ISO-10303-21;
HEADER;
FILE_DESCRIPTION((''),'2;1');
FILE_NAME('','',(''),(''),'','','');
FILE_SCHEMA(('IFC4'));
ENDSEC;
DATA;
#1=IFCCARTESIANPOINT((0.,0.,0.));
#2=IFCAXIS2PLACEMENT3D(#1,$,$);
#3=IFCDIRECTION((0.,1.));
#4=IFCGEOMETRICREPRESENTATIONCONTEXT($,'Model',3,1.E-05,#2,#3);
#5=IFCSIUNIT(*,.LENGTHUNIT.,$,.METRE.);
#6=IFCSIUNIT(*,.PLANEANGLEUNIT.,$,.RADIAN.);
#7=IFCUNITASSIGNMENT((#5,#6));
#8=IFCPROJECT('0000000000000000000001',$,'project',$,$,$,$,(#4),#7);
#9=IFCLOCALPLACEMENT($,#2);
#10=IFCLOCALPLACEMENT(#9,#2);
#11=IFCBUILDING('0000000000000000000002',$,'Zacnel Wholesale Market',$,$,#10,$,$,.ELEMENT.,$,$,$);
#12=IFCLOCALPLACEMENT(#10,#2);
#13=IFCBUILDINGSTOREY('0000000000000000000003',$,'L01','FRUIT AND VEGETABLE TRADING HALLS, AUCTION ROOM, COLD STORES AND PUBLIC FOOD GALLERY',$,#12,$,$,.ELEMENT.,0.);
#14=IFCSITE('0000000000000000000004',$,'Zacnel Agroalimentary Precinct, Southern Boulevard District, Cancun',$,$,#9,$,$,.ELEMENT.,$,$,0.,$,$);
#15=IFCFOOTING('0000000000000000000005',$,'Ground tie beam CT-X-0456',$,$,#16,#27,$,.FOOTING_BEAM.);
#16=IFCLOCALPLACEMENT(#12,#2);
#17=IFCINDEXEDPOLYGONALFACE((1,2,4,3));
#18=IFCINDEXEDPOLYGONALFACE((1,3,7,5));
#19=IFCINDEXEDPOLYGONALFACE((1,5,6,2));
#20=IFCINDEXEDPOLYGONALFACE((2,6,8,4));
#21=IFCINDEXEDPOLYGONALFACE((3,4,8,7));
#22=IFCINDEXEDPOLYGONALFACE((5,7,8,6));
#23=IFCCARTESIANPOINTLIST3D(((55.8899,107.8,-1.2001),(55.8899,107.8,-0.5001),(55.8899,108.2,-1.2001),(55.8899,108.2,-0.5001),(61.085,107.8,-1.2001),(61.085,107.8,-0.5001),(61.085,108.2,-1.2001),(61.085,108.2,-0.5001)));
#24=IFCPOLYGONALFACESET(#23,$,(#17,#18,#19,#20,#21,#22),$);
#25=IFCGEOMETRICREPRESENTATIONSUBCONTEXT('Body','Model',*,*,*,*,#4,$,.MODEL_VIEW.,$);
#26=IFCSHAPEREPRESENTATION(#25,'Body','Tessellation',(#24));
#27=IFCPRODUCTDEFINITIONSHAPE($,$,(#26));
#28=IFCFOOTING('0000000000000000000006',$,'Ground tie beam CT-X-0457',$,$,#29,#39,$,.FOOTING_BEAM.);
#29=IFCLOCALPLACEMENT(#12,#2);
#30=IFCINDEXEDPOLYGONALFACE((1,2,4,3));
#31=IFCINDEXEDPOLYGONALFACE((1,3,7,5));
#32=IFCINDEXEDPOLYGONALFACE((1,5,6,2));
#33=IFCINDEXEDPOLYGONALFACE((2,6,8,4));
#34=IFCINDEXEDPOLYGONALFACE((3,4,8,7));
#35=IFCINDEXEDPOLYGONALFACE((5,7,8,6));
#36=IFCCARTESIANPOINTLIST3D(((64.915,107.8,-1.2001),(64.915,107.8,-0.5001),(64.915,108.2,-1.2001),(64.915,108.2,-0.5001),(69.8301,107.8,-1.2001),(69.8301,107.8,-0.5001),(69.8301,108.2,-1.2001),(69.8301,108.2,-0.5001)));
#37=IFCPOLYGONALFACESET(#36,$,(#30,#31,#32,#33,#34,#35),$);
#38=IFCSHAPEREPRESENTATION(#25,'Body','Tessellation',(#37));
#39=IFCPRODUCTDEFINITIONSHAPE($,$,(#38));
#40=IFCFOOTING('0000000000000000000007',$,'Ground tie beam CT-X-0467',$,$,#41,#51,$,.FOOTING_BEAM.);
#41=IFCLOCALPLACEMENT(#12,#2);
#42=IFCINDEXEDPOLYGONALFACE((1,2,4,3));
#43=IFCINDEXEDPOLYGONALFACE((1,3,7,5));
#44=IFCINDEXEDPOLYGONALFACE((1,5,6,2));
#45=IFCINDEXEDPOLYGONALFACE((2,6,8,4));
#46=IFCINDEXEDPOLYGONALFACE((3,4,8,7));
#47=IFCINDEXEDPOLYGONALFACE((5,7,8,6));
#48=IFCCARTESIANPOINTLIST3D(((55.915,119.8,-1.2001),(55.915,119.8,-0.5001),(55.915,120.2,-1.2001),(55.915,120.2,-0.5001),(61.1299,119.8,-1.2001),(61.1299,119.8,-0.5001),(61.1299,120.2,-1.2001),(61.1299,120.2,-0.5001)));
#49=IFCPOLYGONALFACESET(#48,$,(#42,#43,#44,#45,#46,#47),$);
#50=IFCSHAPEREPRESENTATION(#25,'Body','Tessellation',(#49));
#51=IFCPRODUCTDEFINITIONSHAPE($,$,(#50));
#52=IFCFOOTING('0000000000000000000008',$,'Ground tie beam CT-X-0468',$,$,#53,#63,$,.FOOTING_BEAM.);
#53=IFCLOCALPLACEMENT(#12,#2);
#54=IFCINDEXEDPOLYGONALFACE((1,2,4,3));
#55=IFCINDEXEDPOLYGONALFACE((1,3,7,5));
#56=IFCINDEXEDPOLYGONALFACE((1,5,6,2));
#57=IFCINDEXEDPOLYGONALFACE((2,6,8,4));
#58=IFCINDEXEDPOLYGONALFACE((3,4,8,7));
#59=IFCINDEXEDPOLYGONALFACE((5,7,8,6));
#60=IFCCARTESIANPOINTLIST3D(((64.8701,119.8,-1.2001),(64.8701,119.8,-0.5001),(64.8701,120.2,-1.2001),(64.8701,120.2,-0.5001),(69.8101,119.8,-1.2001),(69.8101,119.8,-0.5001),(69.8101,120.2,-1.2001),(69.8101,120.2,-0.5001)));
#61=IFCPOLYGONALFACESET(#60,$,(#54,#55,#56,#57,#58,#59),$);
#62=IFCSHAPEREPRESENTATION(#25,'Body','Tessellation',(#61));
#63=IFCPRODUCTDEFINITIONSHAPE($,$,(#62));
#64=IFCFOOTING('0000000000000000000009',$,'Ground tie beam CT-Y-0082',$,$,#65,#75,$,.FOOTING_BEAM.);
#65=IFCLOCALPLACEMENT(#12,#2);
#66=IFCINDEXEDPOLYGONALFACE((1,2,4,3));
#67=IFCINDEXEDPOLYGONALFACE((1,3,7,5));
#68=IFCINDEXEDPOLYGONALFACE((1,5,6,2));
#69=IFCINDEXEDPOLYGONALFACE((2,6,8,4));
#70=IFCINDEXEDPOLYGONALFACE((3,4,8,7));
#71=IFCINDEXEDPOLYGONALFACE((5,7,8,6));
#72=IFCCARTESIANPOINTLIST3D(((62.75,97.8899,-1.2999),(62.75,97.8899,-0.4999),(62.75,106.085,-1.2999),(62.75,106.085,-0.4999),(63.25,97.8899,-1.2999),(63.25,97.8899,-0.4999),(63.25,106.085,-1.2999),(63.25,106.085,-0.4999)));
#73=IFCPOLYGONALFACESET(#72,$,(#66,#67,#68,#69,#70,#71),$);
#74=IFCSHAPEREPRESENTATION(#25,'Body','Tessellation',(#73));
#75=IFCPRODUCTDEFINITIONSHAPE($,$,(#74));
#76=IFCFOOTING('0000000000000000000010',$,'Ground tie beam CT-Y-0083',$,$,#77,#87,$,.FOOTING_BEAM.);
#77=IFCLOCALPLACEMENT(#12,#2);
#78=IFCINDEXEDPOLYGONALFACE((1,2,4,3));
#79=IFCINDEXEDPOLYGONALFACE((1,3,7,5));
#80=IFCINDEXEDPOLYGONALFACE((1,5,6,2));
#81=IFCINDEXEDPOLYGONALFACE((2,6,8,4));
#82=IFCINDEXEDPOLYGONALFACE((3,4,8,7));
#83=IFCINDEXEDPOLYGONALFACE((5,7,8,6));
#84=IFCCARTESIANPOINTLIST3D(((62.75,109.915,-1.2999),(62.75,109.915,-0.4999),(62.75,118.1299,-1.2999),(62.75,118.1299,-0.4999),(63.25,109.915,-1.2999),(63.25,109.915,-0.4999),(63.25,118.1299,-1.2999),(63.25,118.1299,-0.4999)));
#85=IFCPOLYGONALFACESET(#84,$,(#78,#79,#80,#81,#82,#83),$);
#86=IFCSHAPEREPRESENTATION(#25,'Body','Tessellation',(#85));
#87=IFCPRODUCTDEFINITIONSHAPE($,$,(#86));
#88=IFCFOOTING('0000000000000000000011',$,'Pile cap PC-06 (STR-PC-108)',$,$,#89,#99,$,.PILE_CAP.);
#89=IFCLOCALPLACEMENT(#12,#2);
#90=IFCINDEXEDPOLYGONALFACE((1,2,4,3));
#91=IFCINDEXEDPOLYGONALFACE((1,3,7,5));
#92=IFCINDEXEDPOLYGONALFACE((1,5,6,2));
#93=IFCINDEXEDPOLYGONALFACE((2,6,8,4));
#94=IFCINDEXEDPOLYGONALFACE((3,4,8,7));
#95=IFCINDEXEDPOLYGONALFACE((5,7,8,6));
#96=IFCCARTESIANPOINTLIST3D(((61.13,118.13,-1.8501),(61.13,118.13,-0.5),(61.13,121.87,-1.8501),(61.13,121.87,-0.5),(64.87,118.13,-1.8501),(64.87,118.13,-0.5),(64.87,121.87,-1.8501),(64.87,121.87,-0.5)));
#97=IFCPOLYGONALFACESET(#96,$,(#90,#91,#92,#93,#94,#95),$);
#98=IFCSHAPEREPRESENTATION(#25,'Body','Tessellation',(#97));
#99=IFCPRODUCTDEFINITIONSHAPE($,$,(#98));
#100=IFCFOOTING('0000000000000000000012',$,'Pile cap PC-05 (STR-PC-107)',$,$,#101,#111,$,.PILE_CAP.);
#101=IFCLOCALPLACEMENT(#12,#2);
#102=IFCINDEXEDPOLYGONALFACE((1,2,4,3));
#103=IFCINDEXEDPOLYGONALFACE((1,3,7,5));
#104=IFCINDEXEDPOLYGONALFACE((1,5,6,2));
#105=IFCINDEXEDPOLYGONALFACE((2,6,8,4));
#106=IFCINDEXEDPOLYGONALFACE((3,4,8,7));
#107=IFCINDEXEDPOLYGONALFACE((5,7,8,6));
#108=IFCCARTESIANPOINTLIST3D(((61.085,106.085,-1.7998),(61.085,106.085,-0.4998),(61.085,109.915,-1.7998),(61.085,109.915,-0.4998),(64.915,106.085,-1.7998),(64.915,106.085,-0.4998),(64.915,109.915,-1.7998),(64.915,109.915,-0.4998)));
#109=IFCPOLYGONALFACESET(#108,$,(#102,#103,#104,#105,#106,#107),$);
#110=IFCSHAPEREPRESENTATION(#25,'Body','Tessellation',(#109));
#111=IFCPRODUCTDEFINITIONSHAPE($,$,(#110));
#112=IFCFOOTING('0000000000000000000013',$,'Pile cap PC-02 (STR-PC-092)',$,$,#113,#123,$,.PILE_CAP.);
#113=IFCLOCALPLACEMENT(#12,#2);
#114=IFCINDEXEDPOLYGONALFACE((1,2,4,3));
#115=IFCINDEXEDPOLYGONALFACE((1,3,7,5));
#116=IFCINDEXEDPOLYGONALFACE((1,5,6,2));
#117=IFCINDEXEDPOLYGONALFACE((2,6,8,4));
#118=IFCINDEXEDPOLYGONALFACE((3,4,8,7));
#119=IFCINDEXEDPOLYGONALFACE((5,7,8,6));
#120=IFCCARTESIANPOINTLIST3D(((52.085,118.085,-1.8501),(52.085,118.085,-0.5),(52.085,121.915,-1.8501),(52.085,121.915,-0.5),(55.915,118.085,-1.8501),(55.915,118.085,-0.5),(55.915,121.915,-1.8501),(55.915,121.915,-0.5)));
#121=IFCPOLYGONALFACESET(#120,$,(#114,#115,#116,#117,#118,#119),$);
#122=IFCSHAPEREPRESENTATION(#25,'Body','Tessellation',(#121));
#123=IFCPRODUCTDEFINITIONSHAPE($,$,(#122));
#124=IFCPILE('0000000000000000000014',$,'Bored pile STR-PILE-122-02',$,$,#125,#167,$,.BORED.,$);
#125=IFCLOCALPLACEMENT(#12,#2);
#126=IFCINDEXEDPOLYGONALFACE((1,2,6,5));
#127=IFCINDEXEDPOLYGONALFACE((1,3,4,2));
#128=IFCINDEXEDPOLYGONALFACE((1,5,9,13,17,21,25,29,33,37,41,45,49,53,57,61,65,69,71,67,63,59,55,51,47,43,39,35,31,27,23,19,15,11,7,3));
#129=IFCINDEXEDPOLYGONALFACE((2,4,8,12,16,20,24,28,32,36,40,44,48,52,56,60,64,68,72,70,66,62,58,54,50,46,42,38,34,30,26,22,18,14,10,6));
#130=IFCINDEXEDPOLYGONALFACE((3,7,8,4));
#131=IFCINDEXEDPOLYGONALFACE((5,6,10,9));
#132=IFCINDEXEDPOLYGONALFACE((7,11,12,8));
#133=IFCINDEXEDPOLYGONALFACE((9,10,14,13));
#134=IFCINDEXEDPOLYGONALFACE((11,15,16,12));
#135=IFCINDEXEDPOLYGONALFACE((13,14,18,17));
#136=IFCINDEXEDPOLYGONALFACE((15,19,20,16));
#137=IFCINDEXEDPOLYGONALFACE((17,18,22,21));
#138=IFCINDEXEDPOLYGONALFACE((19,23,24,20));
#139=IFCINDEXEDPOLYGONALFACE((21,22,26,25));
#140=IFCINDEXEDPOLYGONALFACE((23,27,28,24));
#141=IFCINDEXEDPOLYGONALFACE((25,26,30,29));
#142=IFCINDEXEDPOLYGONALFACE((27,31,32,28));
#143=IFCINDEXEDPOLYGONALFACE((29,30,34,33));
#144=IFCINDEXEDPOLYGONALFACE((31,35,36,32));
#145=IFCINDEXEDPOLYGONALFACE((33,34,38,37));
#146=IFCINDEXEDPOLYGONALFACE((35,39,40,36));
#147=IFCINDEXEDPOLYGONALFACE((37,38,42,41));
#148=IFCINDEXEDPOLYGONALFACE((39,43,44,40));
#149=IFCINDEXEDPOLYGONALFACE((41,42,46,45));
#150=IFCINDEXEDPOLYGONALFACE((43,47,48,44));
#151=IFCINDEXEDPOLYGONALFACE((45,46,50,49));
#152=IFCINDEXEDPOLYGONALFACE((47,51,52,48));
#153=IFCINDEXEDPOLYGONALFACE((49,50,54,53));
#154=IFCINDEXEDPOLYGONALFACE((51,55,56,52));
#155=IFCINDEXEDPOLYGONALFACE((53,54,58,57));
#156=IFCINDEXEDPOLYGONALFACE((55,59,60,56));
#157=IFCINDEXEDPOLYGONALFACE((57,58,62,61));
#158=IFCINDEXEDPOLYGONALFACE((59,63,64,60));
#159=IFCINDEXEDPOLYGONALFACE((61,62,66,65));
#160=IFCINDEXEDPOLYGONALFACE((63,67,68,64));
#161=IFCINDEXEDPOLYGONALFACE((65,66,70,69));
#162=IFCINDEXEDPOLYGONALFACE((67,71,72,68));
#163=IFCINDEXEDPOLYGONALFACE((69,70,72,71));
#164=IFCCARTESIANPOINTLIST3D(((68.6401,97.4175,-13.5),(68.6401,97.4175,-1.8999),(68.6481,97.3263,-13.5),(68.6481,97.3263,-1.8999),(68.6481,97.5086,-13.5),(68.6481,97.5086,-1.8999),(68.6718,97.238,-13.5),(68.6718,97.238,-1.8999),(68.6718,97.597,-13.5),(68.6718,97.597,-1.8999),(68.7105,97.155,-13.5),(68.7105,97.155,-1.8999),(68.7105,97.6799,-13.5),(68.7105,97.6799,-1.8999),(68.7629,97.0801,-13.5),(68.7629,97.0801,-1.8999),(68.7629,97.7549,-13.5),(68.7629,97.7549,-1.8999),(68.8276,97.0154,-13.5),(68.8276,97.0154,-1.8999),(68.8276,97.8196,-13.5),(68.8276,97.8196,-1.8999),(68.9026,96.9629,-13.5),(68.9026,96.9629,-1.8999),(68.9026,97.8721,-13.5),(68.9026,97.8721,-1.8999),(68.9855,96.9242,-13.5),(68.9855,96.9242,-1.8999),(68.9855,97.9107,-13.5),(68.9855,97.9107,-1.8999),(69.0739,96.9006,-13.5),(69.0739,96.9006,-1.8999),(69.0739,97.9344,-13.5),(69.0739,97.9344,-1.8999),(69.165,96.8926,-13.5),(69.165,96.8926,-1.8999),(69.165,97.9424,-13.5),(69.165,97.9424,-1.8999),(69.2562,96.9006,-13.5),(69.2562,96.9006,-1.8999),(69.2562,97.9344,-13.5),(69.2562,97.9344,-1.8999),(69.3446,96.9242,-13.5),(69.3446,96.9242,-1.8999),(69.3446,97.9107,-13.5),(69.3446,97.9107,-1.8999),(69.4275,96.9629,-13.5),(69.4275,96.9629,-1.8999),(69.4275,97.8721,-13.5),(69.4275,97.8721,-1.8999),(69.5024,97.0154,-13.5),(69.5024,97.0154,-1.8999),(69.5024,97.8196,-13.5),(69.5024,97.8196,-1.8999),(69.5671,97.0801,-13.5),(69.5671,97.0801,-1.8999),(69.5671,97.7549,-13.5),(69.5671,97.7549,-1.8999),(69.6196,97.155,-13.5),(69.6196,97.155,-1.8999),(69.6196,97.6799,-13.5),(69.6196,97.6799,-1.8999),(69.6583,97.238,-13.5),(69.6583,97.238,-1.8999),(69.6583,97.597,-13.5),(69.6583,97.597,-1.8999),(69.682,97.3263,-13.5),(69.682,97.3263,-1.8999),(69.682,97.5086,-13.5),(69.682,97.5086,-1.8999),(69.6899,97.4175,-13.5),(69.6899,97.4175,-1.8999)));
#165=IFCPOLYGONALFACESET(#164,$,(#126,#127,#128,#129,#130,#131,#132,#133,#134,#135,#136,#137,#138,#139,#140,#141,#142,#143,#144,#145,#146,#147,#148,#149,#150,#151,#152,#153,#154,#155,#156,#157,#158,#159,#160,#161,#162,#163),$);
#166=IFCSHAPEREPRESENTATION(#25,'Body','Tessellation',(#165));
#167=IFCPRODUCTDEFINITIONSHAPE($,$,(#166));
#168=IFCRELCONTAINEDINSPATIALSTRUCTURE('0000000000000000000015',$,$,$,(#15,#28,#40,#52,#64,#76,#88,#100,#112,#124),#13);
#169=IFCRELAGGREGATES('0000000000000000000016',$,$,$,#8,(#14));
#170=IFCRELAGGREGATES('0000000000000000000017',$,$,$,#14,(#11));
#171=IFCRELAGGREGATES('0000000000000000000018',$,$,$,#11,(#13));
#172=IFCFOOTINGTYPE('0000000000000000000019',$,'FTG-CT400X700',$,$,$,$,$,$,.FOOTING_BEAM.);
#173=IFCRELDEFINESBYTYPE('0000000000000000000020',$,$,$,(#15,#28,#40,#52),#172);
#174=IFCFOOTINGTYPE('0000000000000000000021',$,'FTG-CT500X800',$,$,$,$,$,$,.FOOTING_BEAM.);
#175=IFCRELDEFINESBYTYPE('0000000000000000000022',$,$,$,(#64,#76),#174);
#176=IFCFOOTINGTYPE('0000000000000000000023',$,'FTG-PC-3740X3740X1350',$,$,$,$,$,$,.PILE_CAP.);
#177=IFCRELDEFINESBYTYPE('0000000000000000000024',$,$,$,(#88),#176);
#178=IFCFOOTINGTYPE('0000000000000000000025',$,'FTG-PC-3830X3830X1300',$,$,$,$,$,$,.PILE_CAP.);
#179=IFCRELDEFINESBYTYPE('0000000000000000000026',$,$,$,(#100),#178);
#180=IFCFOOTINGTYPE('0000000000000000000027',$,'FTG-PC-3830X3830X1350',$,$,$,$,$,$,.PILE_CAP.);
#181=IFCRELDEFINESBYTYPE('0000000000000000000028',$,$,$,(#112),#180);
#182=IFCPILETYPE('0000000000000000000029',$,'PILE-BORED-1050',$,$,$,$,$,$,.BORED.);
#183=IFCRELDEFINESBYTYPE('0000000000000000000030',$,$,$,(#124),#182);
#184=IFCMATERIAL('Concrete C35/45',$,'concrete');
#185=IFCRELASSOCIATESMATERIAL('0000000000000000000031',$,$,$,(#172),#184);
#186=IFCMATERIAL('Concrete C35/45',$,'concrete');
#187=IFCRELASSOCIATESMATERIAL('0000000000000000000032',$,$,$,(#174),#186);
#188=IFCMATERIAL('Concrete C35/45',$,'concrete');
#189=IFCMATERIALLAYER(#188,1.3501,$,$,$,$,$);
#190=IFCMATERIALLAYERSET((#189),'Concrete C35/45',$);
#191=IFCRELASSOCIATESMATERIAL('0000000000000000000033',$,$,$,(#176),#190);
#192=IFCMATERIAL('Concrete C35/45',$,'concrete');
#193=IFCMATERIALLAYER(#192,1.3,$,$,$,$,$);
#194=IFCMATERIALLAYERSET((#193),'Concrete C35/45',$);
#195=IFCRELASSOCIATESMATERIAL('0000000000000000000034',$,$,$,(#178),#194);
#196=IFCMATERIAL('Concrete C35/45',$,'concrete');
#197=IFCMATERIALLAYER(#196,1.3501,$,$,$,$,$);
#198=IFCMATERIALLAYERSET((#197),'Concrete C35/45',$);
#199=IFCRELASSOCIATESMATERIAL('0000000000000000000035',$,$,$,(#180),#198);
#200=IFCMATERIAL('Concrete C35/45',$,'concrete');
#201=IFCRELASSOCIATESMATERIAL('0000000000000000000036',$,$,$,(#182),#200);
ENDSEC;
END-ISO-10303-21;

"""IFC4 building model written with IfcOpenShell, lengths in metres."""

from ifc_helpers import new_model, si_unit, direction, frame, origin, origin_2d, place, context, subcontext, project, spatial, rectangle, circle, extrude, material, layer, layer_set, material_profile, profile_set, type_object, element, save


model = new_model("IFC4")

# Units and contexts
model_context = context("Model", 3, precision=1e-05, world=origin(), true_north=direction((0.0, 1.0)))
body_context = subcontext(model_context, "Body", "Model", "MODEL_VIEW")
ifc_project = project(units=[si_unit("LENGTHUNIT", "METRE"), si_unit("PLANEANGLEUNIT", "RADIAN")], contexts=[model_context])

# Site, building, storey
site_placement = place(None, origin())
site = spatial("IfcSite", under=ifc_project, at=site_placement, Name="Zacnel Agroalimentary Precinct, Southern Boulevard District, Cancun", CompositionType="ELEMENT", RefElevation=0.0)
building_placement = place(site_placement, origin())
building = spatial("IfcBuilding", under=site, at=building_placement, Name="Zacnel Wholesale Market", CompositionType="ELEMENT")
storey_placement = place(building_placement, origin())
storey = spatial("IfcBuildingStorey", under=building, at=storey_placement, Name="L01", Description="FRUIT AND VEGETABLE TRADING HALLS, AUCTION ROOM, COLD STORES AND PUBLIC FOOD GALLERY", CompositionType="ELEMENT", Elevation=0.0)

# Footings
ifc_material_1 = material(Name="Concrete C35/45", Category="concrete")
ifc_material_profile_1 = material_profile(ifc_material_1, rectangle(XDim=0.3999, YDim=0.7, at=origin_2d()), Name="CT 400x700")
ifc_profile_set_1 = profile_set([ifc_material_profile_1], Name="Concrete C35/45")
footing_type_1 = type_object("IfcFootingType", Name="FTG-CT400X700", PredefinedType="FOOTING_BEAM", material=ifc_profile_set_1)
footing_1_placement = place(storey_placement, frame((55.8899, 108.0, -0.8501), z_axis=(1.0, 0.0, 0.0), x_axis=(0.0, 1.0, 0.0)))
element("IfcFooting", 1, at=footing_1_placement, inside=storey, type_object=footing_type_1, Name="Ground tie beam CT-X-0456", PredefinedType="FOOTING_BEAM", context=body_context, shape_type="SweptSolid", body=[
    extrude(rectangle(XDim=0.3999, YDim=0.7, at=origin_2d()), origin(), (0.0, 0.0, 1.0), 5.1951),
])
footing_2_placement = place(storey_placement, frame((64.915, 108.0, -0.8501), z_axis=(1.0, 0.0, 0.0), x_axis=(0.0, 1.0, 0.0)))
element("IfcFooting", 2, at=footing_2_placement, inside=storey, type_object=footing_type_1, Name="Ground tie beam CT-X-0457", PredefinedType="FOOTING_BEAM", context=body_context, shape_type="SweptSolid", body=[
    extrude(rectangle(XDim=0.3999, YDim=0.7, at=origin_2d()), origin(), (0.0, 0.0, 1.0), 4.915),
])
footing_3_placement = place(storey_placement, frame((55.915, 120.0, -0.8501), z_axis=(1.0, 0.0, 0.0), x_axis=(0.0, 1.0, 0.0)))
element("IfcFooting", 3, at=footing_3_placement, inside=storey, type_object=footing_type_1, Name="Ground tie beam CT-X-0467", PredefinedType="FOOTING_BEAM", context=body_context, shape_type="SweptSolid", body=[
    extrude(rectangle(XDim=0.3999, YDim=0.7, at=origin_2d()), origin(), (0.0, 0.0, 1.0), 5.2148),
])
footing_4_placement = place(storey_placement, frame((64.8701, 120.0, -0.8501), z_axis=(1.0, 0.0, 0.0), x_axis=(0.0, 1.0, 0.0)))
element("IfcFooting", 4, at=footing_4_placement, inside=storey, type_object=footing_type_1, Name="Ground tie beam CT-X-0468", PredefinedType="FOOTING_BEAM", context=body_context, shape_type="SweptSolid", body=[
    extrude(rectangle(XDim=0.3999, YDim=0.7, at=origin_2d()), origin(), (0.0, 0.0, 1.0), 4.9399),
])
ifc_material_2 = material(Name="Concrete C35/45", Category="concrete")
ifc_material_profile_2 = material_profile(ifc_material_2, rectangle(XDim=0.5, YDim=0.8, at=origin_2d()), Name="CT 500x800")
ifc_profile_set_2 = profile_set([ifc_material_profile_2], Name="Concrete C35/45")
footing_type_2 = type_object("IfcFootingType", Name="FTG-CT500X800", PredefinedType="FOOTING_BEAM", material=ifc_profile_set_2)
footing_5_placement = place(storey_placement, frame((63.0, 97.8899, -0.8999), z_axis=(0.0, 1.0, 0.0), x_axis=(-1.0, 0.0, 0.0)))
element("IfcFooting", 5, at=footing_5_placement, inside=storey, type_object=footing_type_2, Name="Ground tie beam CT-Y-0082", PredefinedType="FOOTING_BEAM", context=body_context, shape_type="SweptSolid", body=[
    extrude(rectangle(XDim=0.5, YDim=0.8, at=origin_2d()), origin(), (0.0, 0.0, 1.0), 8.1951),
])
footing_6_placement = place(storey_placement, frame((63.0, 109.915, -0.8999), z_axis=(0.0, 1.0, 0.0), x_axis=(-1.0, 0.0, 0.0)))
element("IfcFooting", 6, at=footing_6_placement, inside=storey, type_object=footing_type_2, Name="Ground tie beam CT-Y-0083", PredefinedType="FOOTING_BEAM", context=body_context, shape_type="SweptSolid", body=[
    extrude(rectangle(XDim=0.5, YDim=0.8, at=origin_2d()), origin(), (0.0, 0.0, 1.0), 8.2148),
])
ifc_material_3 = material(Name="Concrete C35/45", Category="concrete")
ifc_layer_1 = layer(ifc_material_3, 1.3501)
ifc_layer_set_1 = layer_set([ifc_layer_1], Name="Concrete C35/45")
footing_type_3 = type_object("IfcFootingType", Name="FTG-PC-3740X3740X1350", PredefinedType="PILE_CAP", material=ifc_layer_set_1)
footing_7_placement = place(storey_placement, frame((63.0, 120.0, -1.8501), z_axis=(0.0, 0.0, 1.0), x_axis=(1.0, 0.0, 0.0)))
element("IfcFooting", 7, at=footing_7_placement, inside=storey, type_object=footing_type_3, Name="Pile cap PC-06 (STR-PC-108)", PredefinedType="PILE_CAP", context=body_context, shape_type="SweptSolid", body=[
    extrude(rectangle(XDim=3.74, YDim=3.74, at=origin_2d()), origin(), (0.0, 0.0, 1.0), 1.3501),
])
ifc_material_4 = material(Name="Concrete C35/45", Category="concrete")
ifc_layer_2 = layer(ifc_material_4, 1.3)
ifc_layer_set_2 = layer_set([ifc_layer_2], Name="Concrete C35/45")
footing_type_4 = type_object("IfcFootingType", Name="FTG-PC-3830X3830X1300", PredefinedType="PILE_CAP", material=ifc_layer_set_2)
footing_8_placement = place(storey_placement, frame((63.0, 108.0, -1.7998), z_axis=(0.0, 0.0, 1.0), x_axis=(1.0, 0.0, 0.0)))
element("IfcFooting", 8, at=footing_8_placement, inside=storey, type_object=footing_type_4, Name="Pile cap PC-05 (STR-PC-107)", PredefinedType="PILE_CAP", context=body_context, shape_type="SweptSolid", body=[
    extrude(rectangle(XDim=3.8301, YDim=3.8301, at=origin_2d()), origin(), (0.0, 0.0, 1.0), 1.3),
])
ifc_material_5 = material(Name="Concrete C35/45", Category="concrete")
ifc_layer_3 = layer(ifc_material_5, 1.3501)
ifc_layer_set_3 = layer_set([ifc_layer_3], Name="Concrete C35/45")
footing_type_5 = type_object("IfcFootingType", Name="FTG-PC-3830X3830X1350", PredefinedType="PILE_CAP", material=ifc_layer_set_3)
footing_9_placement = place(storey_placement, frame((54.0, 120.0, -1.8501), z_axis=(0.0, 0.0, 1.0), x_axis=(1.0, 0.0, 0.0)))
element("IfcFooting", 9, at=footing_9_placement, inside=storey, type_object=footing_type_5, Name="Pile cap PC-02 (STR-PC-092)", PredefinedType="PILE_CAP", context=body_context, shape_type="SweptSolid", body=[
    extrude(rectangle(XDim=3.8301, YDim=3.8301, at=origin_2d()), origin(), (0.0, 0.0, 1.0), 1.3501),
])

# Pile
ifc_material_6 = material(Name="Concrete C35/45", Category="concrete")
ifc_material_profile_3 = material_profile(ifc_material_6, circle(Radius=0.5249, at=origin_2d()), Name="BORED PILE D1050")
ifc_profile_set_3 = profile_set([ifc_material_profile_3], Name="Concrete C35/45")
pile_type_1 = type_object("IfcPileType", Name="PILE-BORED-1050", PredefinedType="BORED", material=ifc_profile_set_3)
pile_1_placement = place(storey_placement, frame((69.165, 97.4175, -1.8999), z_axis=(0.0, 0.0, -1.0), x_axis=(1.0, 0.0, 0.0)))
element("IfcPile", 10, at=pile_1_placement, inside=storey, type_object=pile_type_1, Name="Bored pile STR-PILE-122-02", PredefinedType="BORED", context=body_context, shape_type="SweptSolid", body=[
    extrude(circle(Radius=0.5249, at=origin_2d()), origin(), (0.0, 0.0, 1.0), 11.6001),
])

save(model, "model.ifc")
